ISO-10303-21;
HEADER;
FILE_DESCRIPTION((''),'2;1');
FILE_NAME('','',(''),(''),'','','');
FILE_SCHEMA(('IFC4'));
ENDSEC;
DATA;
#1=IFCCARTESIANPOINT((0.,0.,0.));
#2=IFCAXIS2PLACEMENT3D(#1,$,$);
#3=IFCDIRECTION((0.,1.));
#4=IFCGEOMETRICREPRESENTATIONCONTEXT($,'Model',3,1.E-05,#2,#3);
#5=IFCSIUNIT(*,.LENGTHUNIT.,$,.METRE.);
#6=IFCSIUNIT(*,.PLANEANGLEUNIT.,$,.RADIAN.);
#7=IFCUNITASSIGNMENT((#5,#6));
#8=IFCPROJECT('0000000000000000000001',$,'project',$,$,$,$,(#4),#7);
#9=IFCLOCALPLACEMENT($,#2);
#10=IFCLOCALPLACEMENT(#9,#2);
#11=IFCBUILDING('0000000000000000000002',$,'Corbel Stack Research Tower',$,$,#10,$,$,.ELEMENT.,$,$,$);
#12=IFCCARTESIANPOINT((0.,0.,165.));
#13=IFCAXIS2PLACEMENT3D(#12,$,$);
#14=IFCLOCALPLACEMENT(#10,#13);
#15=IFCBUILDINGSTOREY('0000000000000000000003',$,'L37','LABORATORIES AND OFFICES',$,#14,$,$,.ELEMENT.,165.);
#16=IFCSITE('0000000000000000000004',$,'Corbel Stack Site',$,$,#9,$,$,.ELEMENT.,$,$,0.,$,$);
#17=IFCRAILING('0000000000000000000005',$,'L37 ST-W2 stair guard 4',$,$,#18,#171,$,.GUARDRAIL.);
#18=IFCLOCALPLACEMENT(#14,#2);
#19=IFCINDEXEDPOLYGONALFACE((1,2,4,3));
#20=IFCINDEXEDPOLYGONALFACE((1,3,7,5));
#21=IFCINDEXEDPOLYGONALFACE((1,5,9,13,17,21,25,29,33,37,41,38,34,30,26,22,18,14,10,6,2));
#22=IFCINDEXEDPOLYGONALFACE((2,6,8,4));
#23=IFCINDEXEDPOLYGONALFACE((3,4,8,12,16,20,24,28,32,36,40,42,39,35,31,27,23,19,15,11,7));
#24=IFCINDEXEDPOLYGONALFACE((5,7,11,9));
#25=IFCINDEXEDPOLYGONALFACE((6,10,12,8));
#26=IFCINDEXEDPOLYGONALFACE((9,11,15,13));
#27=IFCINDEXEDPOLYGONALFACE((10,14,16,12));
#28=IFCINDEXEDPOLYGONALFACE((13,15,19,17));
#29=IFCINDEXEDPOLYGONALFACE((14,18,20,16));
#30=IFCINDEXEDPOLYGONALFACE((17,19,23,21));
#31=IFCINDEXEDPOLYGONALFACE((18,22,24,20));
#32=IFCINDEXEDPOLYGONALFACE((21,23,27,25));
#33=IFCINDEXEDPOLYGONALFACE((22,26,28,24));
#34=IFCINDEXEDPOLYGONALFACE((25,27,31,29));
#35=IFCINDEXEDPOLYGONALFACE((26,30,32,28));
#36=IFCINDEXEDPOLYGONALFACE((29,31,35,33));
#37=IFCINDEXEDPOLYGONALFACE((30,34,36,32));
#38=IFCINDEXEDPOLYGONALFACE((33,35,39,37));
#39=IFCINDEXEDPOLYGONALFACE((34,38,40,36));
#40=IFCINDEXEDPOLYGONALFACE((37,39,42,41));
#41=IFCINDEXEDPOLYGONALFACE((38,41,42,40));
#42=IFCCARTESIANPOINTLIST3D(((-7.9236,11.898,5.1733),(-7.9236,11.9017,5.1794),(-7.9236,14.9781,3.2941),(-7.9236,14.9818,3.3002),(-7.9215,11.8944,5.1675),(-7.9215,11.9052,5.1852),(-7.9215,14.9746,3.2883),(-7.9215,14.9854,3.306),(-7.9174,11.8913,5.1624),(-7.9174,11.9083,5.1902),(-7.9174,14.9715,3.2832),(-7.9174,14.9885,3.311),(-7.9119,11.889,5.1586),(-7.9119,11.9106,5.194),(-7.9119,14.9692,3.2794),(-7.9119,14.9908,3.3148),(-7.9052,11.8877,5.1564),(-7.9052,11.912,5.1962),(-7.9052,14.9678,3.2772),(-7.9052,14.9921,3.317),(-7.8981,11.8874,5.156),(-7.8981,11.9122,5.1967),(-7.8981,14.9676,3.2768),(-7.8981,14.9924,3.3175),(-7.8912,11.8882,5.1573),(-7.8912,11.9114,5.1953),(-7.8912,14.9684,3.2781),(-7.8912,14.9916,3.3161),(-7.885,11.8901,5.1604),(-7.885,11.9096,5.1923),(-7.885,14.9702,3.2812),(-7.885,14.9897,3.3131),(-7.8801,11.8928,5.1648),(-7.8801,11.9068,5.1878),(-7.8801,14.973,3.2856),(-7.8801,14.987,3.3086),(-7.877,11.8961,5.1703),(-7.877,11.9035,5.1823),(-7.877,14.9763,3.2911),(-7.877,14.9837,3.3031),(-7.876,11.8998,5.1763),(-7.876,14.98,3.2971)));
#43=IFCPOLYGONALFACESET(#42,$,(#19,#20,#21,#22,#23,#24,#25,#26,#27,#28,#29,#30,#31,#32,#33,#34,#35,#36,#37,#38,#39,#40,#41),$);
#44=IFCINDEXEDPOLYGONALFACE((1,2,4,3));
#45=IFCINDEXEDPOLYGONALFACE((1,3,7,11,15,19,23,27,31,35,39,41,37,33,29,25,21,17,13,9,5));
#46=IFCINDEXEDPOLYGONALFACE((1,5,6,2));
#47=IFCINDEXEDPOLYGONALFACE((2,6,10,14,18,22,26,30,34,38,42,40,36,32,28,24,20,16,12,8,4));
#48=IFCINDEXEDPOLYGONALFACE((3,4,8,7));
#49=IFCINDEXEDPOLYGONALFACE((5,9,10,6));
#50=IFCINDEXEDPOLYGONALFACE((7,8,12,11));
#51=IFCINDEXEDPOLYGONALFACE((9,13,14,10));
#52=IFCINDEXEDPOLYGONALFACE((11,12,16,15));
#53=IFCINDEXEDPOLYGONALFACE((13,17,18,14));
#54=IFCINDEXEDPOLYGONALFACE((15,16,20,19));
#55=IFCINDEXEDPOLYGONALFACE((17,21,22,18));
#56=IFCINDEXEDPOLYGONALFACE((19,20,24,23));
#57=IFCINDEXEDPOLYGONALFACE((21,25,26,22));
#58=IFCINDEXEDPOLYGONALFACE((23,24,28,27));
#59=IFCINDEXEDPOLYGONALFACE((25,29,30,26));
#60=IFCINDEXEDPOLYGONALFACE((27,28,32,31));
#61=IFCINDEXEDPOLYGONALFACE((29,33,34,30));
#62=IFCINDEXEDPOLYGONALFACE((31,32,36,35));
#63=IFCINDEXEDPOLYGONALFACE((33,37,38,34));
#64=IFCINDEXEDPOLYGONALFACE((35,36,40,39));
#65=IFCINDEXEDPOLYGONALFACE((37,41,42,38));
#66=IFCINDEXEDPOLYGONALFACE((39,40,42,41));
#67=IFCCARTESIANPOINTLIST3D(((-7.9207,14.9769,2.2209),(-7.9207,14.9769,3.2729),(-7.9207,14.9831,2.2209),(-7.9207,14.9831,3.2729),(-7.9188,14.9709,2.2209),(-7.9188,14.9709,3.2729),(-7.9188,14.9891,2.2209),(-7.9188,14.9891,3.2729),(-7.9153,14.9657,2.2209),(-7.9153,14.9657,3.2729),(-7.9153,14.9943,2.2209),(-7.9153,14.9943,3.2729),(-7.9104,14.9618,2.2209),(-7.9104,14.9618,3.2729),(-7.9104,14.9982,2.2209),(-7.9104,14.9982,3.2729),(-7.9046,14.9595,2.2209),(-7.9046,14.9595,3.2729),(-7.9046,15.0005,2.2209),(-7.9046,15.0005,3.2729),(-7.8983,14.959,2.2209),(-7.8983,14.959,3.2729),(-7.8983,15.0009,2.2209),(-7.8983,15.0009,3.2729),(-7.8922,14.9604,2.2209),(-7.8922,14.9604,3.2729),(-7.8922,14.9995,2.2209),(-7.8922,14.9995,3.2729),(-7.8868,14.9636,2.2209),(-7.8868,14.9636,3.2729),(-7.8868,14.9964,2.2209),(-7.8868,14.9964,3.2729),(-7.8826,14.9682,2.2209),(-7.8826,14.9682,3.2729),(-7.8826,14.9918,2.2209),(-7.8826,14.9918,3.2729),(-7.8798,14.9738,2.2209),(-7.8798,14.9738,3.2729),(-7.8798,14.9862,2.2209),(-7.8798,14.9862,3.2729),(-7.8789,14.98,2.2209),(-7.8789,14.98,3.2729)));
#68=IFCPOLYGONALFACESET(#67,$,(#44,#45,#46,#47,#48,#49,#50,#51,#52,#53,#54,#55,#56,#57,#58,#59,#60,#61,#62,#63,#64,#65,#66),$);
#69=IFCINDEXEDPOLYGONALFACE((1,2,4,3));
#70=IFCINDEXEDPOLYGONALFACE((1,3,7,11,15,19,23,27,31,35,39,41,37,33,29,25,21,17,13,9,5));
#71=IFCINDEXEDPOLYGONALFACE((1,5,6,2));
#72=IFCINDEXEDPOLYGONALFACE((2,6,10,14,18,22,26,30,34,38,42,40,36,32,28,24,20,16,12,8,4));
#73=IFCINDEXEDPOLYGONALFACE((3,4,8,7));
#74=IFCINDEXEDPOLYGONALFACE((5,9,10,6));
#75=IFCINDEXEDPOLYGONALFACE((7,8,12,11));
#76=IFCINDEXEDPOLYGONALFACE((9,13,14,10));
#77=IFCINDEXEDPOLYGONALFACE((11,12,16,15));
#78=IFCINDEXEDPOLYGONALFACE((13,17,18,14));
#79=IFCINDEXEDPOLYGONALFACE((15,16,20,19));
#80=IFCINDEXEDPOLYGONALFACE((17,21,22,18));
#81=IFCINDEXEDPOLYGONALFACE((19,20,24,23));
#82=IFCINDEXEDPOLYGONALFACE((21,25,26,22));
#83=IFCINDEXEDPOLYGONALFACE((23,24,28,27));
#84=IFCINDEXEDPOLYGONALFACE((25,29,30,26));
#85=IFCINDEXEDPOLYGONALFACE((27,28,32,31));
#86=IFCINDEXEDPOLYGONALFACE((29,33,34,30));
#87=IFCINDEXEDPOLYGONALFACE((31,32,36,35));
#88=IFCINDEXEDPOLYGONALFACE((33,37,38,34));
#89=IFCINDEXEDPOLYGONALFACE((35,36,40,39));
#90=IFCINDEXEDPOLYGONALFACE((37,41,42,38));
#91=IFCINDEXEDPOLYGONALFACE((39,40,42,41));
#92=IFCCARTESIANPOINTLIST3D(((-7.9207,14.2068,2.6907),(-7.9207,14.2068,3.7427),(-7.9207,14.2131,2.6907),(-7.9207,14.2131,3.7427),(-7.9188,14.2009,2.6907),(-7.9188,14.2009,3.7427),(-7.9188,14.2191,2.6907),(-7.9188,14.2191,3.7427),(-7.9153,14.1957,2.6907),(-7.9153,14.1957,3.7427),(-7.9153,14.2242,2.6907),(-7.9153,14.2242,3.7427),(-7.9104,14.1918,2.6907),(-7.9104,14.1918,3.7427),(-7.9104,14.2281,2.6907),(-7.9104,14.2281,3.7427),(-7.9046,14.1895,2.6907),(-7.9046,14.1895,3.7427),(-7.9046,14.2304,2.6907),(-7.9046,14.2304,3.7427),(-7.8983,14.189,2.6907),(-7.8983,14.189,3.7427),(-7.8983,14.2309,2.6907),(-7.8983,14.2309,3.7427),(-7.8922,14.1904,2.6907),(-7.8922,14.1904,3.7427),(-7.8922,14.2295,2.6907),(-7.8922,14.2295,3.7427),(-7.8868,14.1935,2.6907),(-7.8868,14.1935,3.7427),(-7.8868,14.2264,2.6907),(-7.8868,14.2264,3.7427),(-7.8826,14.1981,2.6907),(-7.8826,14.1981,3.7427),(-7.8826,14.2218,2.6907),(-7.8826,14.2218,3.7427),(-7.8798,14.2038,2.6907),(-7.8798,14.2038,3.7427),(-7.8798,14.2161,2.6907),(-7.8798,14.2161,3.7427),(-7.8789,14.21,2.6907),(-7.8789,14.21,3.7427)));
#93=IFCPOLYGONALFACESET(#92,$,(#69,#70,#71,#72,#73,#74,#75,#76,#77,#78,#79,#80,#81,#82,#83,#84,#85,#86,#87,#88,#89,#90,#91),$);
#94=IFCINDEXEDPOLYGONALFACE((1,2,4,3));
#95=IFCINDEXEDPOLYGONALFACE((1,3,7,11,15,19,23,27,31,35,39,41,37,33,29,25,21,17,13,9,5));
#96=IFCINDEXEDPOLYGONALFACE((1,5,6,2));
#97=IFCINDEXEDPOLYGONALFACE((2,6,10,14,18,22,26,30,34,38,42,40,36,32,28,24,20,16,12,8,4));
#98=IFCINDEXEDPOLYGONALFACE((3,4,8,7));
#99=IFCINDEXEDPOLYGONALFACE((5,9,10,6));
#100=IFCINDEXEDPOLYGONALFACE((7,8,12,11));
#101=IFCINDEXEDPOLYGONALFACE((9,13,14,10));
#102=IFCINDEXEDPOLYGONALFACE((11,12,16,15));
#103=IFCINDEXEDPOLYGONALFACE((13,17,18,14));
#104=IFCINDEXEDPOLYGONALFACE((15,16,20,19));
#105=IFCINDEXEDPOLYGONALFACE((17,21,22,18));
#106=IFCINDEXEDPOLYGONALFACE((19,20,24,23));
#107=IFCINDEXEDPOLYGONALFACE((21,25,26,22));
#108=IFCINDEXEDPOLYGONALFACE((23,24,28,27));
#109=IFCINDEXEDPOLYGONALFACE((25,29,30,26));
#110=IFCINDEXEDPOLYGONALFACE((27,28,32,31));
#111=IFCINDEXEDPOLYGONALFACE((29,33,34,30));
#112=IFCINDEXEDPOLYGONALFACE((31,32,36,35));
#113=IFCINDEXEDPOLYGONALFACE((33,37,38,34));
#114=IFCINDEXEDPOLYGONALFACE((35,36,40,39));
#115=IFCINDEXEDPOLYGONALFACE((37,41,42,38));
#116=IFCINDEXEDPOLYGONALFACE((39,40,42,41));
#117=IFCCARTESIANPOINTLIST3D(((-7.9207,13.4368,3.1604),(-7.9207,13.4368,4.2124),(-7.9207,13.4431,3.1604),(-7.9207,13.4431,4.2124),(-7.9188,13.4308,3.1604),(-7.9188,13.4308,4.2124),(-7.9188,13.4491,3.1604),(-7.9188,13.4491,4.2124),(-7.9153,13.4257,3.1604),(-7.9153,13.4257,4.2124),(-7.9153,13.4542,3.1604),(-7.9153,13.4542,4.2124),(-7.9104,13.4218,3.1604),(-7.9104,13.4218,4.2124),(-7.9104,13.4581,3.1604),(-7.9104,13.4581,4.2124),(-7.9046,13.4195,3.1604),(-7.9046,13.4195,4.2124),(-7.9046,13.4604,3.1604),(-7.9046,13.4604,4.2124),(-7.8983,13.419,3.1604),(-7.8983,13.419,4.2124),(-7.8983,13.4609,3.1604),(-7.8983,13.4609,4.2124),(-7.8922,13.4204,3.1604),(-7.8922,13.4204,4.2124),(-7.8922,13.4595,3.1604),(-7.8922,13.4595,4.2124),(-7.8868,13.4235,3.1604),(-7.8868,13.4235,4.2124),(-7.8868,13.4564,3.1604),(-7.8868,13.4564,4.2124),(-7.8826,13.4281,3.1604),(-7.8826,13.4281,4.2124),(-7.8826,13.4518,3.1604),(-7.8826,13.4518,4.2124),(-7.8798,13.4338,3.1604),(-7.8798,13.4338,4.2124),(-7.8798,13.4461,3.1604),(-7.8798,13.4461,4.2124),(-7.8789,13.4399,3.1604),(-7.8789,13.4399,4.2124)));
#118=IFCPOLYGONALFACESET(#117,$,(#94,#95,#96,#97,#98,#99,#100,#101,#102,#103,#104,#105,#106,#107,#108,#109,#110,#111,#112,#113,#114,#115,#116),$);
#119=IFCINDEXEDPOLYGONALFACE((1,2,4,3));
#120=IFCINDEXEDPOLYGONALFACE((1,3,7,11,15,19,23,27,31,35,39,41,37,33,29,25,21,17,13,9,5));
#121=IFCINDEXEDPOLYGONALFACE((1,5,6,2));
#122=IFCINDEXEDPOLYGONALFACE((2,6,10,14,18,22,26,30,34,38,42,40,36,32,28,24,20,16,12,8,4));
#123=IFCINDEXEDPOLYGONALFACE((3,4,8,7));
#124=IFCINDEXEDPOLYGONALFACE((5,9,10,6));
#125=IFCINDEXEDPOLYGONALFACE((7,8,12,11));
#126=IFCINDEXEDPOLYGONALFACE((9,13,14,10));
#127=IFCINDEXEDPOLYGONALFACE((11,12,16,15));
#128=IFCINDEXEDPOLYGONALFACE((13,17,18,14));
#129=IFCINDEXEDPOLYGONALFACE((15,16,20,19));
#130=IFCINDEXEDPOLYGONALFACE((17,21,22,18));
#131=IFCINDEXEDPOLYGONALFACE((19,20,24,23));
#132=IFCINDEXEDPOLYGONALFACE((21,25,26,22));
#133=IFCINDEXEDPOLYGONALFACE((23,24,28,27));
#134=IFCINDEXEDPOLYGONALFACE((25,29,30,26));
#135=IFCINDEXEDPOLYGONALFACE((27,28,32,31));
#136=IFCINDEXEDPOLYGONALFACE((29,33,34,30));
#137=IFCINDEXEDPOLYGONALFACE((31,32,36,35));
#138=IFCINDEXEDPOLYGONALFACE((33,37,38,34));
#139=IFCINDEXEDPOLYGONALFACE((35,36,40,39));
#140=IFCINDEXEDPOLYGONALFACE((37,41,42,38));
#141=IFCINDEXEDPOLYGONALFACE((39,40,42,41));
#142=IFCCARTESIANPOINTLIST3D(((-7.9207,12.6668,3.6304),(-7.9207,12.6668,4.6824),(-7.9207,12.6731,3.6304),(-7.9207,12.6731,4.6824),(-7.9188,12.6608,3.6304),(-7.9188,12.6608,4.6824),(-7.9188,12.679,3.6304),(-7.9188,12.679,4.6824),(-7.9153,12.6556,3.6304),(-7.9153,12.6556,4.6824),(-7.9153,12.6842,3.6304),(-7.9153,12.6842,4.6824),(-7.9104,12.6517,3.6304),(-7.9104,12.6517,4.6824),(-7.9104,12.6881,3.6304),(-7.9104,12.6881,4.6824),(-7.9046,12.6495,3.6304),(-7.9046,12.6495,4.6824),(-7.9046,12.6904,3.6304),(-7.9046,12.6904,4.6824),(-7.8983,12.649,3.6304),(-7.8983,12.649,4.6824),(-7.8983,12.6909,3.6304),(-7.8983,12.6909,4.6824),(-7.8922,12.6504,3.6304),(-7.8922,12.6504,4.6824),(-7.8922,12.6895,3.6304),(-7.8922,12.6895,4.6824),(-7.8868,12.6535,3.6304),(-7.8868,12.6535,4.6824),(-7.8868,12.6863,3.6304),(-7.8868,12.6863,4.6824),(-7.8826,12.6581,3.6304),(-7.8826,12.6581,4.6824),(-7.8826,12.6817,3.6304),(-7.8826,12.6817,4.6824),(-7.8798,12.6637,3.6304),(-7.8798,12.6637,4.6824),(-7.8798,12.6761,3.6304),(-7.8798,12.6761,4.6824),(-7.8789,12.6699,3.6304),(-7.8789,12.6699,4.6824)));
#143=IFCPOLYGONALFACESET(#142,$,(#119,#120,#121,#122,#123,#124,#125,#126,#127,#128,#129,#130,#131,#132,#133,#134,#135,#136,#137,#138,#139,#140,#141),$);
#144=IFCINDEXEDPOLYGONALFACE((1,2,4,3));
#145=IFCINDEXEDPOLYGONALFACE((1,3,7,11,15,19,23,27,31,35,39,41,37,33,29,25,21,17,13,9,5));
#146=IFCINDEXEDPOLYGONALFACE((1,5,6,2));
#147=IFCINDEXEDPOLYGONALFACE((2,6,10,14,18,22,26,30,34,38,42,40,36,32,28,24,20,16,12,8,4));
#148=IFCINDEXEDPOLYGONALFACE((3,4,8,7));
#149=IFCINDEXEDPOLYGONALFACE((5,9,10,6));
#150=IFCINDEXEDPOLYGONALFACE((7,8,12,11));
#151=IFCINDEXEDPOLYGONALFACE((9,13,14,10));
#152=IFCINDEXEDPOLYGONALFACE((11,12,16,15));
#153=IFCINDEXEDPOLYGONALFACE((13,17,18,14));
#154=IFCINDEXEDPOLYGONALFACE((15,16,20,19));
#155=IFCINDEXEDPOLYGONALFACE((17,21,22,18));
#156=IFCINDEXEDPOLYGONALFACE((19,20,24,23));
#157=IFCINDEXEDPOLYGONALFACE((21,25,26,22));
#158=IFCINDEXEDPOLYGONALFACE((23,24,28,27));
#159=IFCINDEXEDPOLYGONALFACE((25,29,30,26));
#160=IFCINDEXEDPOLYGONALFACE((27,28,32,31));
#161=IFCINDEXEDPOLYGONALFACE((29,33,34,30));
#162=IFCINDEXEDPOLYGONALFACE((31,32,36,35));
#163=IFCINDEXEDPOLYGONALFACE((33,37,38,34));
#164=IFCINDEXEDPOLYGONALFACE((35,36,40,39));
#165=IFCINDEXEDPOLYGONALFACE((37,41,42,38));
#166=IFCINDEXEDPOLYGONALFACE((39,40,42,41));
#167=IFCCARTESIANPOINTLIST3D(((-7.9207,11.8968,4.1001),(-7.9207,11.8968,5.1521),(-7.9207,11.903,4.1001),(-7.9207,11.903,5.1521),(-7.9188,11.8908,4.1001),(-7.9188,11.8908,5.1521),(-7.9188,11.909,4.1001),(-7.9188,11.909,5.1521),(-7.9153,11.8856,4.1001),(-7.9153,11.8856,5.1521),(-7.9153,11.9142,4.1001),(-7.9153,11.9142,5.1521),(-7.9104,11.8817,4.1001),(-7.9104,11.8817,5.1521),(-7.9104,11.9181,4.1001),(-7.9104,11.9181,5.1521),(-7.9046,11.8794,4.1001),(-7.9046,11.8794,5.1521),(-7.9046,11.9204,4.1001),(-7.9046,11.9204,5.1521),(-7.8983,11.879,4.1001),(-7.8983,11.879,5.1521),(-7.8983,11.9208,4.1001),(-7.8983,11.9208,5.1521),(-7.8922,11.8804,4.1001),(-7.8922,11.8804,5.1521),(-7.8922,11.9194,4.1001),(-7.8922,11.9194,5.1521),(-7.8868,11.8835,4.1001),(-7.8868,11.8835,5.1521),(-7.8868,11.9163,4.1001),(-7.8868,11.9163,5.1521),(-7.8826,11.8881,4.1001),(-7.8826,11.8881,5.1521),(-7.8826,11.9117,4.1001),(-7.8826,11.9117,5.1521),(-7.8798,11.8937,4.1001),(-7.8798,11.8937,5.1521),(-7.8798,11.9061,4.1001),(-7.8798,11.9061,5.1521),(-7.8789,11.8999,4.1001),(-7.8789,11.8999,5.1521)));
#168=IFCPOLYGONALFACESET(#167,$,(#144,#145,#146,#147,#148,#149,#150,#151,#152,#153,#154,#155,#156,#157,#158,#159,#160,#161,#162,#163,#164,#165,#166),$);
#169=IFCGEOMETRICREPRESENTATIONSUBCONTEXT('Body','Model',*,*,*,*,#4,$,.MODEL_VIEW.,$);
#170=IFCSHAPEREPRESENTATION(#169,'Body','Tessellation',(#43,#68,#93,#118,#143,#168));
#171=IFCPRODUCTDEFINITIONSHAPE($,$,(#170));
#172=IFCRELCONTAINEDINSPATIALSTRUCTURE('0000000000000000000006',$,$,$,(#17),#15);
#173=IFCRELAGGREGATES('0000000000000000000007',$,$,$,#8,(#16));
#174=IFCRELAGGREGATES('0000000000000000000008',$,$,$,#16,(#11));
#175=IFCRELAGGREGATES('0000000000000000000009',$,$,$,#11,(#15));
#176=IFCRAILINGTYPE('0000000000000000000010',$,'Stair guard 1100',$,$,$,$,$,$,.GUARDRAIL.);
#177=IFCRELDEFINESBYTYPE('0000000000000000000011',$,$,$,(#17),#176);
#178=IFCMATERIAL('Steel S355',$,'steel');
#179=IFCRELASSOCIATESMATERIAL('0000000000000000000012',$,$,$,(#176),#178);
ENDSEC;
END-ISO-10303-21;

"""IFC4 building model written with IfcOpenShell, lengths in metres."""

from ifc_helpers import new_model, si_unit, direction, frame, origin, origin_2d, place, context, subcontext, project, spatial, circle, extrude, material, type_object, element, save


model = new_model("IFC4")

# Units and contexts
model_context = context("Model", 3, precision=1e-05, world=origin(), true_north=direction((0.0, 1.0)))
body_context = subcontext(model_context, "Body", "Model", "MODEL_VIEW")
ifc_project = project(units=[si_unit("LENGTHUNIT", "METRE"), si_unit("PLANEANGLEUNIT", "RADIAN")], contexts=[model_context])

# Site, building, storey
site_placement = place(None, origin())
site = spatial("IfcSite", under=ifc_project, at=site_placement, Name="Corbel Stack Site", CompositionType="ELEMENT", RefElevation=0.0)
building_placement = place(site_placement, origin())
building = spatial("IfcBuilding", under=site, at=building_placement, Name="Corbel Stack Research Tower", CompositionType="ELEMENT")
storey_placement = place(building_placement, frame((0.0, 0.0, 165.0)))
storey = spatial("IfcBuildingStorey", under=building, at=storey_placement, Name="L37", Description="LABORATORIES AND OFFICES", CompositionType="ELEMENT", Elevation=165.0)

# Railing
ifc_material_1 = material(Name="Steel S355", Category="steel")
railing_type_1 = type_object("IfcRailingType", Name="Stair guard 1100", PredefinedType="GUARDRAIL", material=ifc_material_1)
railing_1_placement = place(storey_placement, frame((-7.8999, 14.98, 2.2209)))
element("IfcRailing", 1, at=railing_1_placement, inside=storey, type_object=railing_type_1, Name="L37 ST-W2 stair guard 4", PredefinedType="GUARDRAIL", context=body_context, shape_type="SweptSolid", body=[
    extrude(circle(Radius=0.0239, at=origin_2d()), frame((0.0, 0.0, 1.0762), z_axis=(0.0, -0.853666, 0.52082), x_axis=(1.0, 0.0, 0.0)), (0.0, 0.0, 1.0), 3.6082),
    extrude(circle(Radius=0.021, at=origin_2d()), origin(), (0.0, 0.0, 1.0), 1.052),
    extrude(circle(Radius=0.021, at=origin_2d()), frame((0.0, -0.77, 0.4697)), (0.0, 0.0, 1.0), 1.052),
    extrude(circle(Radius=0.021, at=origin_2d()), frame((0.0, -1.54, 0.9395)), (0.0, 0.0, 1.0), 1.052),
    extrude(circle(Radius=0.021, at=origin_2d()), frame((0.0, -2.3101, 1.4094)), (0.0, 0.0, 1.0), 1.052),
    extrude(circle(Radius=0.021, at=origin_2d()), frame((0.0, -3.0801, 1.8792)), (0.0, 0.0, 1.0), 1.052),
])

save(model, "model.ifc")
